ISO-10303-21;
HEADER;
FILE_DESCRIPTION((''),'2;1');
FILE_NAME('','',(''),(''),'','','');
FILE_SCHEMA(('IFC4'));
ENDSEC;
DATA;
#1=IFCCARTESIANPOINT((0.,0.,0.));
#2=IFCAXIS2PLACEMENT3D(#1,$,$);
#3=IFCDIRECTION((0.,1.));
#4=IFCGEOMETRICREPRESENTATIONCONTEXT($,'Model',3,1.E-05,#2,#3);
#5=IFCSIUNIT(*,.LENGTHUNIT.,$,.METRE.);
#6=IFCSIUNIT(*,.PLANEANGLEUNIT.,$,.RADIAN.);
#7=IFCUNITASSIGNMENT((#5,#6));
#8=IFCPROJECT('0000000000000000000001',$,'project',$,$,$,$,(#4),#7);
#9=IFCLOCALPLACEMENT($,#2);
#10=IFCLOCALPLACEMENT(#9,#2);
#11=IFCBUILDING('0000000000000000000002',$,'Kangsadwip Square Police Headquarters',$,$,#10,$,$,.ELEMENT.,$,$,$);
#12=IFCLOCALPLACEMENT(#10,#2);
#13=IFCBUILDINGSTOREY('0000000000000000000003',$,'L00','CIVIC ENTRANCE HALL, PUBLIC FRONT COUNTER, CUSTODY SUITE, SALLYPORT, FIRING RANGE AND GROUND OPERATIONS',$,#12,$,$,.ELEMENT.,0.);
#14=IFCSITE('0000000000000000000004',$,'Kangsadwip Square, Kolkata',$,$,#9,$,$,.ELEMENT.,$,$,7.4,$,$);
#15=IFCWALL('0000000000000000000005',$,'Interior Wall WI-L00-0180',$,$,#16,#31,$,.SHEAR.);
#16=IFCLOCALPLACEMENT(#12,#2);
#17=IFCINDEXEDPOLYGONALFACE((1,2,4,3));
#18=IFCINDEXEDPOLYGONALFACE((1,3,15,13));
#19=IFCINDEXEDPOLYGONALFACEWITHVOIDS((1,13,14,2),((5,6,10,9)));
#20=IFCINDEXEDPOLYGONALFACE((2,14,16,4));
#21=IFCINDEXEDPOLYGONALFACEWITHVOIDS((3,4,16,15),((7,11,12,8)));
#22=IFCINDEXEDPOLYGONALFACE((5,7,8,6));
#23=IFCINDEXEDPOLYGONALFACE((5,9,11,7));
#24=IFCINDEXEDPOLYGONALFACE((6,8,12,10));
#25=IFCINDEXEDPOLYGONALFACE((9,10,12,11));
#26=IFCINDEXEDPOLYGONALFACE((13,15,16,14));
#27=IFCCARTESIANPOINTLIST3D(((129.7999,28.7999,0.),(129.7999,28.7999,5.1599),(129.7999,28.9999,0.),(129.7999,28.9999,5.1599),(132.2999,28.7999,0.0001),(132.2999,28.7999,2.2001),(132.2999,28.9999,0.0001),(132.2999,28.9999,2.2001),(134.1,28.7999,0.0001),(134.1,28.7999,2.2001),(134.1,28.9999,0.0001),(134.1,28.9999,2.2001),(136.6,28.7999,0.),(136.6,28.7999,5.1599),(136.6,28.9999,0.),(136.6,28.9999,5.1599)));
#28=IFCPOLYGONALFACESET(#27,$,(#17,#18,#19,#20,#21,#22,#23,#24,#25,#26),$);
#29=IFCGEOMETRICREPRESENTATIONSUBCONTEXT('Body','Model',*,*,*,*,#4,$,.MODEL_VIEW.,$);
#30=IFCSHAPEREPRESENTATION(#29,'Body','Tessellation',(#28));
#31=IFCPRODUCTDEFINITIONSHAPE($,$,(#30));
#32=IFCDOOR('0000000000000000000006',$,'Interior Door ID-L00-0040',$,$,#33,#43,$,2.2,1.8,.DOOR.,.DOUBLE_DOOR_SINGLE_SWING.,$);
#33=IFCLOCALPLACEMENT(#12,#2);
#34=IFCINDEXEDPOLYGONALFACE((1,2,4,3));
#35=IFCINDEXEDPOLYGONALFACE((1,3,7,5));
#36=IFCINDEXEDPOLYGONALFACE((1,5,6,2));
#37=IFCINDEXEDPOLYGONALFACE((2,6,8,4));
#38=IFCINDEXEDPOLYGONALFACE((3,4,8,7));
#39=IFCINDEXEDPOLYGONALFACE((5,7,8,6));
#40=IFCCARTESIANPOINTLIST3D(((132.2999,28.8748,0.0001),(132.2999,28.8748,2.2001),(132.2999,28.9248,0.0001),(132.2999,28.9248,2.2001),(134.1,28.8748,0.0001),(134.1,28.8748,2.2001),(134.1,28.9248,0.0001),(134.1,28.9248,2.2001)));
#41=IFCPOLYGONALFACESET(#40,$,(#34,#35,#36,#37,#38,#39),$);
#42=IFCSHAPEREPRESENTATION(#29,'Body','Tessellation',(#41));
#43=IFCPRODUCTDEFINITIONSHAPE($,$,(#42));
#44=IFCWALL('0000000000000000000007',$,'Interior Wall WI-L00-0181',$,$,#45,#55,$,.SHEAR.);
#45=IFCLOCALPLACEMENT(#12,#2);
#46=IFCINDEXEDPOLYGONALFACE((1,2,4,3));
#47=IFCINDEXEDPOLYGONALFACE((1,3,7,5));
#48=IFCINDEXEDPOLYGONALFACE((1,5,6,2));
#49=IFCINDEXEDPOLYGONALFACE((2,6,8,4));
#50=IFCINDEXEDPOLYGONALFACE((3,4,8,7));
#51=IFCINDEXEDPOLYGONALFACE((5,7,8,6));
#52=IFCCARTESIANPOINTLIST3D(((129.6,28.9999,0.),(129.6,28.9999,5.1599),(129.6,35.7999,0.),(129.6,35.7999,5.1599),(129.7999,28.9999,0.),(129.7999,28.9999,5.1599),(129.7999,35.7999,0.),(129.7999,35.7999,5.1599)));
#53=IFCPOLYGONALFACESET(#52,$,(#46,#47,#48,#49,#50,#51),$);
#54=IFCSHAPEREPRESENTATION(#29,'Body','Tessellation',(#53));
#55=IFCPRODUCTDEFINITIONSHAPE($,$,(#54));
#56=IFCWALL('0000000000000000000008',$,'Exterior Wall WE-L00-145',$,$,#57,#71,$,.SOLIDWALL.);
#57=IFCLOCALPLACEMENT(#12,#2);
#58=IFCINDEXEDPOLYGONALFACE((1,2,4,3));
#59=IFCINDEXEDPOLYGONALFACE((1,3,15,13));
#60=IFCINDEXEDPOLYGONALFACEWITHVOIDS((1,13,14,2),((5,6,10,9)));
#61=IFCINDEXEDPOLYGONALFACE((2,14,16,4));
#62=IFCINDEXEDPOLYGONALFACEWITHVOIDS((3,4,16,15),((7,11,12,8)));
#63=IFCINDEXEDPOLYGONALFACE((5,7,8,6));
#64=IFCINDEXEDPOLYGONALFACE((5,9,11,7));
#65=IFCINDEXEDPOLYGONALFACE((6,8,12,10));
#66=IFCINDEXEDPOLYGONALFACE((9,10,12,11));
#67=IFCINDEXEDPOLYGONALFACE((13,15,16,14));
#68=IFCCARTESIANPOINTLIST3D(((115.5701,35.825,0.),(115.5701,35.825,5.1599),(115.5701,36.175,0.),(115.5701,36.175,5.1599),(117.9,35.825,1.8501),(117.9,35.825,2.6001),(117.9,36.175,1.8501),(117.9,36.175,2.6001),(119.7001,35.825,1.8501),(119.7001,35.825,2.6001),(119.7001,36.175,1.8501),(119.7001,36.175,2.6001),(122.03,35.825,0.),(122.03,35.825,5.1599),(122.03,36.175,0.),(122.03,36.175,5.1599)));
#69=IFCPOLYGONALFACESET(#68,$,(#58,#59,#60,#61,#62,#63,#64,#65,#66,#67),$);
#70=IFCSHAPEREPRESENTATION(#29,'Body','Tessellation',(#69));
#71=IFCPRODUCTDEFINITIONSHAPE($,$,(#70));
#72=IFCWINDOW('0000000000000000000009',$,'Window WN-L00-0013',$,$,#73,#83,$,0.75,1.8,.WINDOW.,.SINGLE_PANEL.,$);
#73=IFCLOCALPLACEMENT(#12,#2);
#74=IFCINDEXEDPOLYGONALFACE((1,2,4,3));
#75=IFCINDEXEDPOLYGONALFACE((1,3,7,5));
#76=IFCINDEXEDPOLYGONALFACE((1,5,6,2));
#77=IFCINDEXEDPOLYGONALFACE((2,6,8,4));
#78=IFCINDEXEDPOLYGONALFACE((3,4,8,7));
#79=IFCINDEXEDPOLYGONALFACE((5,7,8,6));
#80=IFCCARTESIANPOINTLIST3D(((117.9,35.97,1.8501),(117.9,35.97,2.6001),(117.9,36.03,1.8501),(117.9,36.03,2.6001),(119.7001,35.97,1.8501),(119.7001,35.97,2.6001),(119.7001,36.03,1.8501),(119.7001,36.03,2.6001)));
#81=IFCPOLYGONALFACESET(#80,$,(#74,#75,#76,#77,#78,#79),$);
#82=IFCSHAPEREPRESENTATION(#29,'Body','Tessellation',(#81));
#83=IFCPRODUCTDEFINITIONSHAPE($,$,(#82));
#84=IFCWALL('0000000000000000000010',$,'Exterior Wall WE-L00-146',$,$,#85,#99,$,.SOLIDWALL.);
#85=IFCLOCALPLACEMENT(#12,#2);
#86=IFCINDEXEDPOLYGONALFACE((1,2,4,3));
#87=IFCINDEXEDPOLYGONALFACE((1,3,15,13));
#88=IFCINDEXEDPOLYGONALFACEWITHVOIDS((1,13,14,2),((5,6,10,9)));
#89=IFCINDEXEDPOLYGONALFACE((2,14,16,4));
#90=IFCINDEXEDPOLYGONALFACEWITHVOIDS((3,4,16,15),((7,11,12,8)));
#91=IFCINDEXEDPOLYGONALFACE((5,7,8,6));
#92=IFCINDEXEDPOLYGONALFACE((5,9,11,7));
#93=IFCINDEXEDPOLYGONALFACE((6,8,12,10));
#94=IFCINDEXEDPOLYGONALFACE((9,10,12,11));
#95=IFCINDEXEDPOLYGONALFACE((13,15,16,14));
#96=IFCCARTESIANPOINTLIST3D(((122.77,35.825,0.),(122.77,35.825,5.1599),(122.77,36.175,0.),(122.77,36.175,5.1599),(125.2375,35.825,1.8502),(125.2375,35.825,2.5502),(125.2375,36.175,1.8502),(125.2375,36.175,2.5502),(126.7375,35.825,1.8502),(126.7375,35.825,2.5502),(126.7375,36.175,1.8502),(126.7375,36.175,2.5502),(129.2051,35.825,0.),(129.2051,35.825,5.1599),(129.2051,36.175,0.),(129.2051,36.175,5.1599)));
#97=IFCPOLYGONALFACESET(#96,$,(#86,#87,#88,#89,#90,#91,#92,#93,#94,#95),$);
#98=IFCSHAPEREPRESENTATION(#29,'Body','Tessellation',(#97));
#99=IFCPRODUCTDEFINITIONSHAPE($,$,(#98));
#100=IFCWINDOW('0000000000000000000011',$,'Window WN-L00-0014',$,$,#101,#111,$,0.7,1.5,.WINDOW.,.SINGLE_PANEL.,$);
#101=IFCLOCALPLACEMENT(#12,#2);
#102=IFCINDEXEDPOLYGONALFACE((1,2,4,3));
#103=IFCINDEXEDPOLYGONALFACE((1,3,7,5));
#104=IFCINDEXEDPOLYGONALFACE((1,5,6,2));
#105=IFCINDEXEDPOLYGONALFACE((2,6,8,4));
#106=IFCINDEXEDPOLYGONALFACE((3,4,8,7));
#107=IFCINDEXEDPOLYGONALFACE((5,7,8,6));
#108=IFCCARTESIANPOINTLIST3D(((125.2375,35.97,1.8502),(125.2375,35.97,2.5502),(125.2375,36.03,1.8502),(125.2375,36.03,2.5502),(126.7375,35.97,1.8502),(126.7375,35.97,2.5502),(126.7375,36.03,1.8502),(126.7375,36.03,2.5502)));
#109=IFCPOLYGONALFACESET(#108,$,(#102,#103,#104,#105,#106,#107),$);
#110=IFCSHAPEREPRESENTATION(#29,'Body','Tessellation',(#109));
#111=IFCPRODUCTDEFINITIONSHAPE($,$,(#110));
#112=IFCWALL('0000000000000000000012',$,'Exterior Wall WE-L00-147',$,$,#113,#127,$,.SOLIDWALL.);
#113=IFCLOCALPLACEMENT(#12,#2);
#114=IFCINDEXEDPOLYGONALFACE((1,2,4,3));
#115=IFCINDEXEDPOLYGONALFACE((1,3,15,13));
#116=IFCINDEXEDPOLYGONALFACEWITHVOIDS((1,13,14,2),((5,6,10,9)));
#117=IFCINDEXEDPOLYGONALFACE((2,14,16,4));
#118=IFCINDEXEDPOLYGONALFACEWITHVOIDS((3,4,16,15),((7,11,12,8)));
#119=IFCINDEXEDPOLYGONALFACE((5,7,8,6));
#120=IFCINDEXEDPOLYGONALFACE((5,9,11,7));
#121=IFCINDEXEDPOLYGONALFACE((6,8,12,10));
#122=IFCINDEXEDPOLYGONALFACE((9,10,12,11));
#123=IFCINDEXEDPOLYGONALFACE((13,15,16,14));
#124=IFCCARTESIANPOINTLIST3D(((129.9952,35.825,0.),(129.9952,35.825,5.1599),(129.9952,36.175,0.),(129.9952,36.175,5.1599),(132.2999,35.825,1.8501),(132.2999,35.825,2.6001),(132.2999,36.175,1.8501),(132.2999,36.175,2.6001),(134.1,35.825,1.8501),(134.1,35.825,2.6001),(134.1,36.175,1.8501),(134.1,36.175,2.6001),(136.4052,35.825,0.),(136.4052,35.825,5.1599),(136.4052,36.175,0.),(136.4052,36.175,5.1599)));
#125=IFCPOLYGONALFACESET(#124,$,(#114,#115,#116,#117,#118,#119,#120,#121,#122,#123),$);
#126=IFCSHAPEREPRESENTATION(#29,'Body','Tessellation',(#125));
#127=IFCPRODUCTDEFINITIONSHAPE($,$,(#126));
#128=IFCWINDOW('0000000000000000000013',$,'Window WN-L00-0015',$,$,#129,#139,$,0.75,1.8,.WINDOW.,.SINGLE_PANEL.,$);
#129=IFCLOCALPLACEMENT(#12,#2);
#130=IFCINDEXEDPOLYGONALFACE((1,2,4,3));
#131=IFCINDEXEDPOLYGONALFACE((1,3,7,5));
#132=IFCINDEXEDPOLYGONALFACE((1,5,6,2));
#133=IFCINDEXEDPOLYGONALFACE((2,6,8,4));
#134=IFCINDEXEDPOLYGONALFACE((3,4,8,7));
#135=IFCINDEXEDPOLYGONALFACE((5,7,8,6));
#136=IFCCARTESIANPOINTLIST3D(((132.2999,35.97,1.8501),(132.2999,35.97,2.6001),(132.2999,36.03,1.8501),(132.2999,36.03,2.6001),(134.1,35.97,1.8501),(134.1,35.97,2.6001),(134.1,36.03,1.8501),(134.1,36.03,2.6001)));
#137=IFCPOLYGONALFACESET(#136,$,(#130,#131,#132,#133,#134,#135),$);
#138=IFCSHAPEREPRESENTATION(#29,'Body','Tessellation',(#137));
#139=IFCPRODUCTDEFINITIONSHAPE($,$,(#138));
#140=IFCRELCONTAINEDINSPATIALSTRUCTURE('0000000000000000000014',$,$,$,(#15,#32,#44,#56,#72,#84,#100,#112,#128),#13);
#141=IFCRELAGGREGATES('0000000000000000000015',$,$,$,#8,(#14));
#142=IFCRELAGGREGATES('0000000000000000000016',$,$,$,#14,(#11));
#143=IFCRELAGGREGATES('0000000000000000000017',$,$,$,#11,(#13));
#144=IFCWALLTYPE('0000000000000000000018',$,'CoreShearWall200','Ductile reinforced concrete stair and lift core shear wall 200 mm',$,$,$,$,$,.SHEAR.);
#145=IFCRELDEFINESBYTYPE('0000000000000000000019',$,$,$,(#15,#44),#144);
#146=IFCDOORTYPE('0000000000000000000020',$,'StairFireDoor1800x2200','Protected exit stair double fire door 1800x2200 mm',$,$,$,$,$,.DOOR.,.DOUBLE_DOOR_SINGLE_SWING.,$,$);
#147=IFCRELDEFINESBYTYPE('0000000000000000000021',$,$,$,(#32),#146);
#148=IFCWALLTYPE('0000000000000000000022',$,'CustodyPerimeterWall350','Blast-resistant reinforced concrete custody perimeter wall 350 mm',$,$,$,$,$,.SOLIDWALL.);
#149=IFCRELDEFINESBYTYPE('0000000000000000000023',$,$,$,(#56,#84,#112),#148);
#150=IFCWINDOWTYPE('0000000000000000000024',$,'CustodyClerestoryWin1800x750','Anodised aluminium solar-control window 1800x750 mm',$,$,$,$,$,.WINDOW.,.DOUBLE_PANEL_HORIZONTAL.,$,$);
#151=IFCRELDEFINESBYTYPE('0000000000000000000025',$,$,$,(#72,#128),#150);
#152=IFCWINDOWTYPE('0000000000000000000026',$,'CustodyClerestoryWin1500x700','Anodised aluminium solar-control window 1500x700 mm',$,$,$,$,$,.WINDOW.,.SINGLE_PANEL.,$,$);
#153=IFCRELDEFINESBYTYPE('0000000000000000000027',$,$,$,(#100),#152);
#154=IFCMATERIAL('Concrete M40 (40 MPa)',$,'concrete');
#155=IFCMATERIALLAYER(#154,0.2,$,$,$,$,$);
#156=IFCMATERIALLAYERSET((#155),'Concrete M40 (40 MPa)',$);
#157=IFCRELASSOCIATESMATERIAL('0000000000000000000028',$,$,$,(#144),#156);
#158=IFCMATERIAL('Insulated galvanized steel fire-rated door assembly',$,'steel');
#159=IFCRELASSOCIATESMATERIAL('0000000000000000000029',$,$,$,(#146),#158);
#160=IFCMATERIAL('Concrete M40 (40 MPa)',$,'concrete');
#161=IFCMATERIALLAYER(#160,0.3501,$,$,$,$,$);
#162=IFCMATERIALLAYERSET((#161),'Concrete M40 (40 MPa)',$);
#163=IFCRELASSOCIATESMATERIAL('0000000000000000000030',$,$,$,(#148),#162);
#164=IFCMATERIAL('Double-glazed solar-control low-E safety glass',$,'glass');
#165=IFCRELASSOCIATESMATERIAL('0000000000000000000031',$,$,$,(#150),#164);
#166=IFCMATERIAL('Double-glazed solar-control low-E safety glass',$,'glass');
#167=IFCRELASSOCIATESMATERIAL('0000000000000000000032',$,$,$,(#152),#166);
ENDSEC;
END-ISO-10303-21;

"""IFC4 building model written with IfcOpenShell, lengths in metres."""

from ifc_helpers import new_model, si_unit, direction, frame, frame_2d, origin, place, context, subcontext, project, spatial, rectangle, extrude, material, layer, layer_set, type_object, element, fill, save


model = new_model("IFC4")

# Units and contexts
model_context = context("Model", 3, precision=1e-05, world=origin(), true_north=direction((0.0, 1.0)))
body_context = subcontext(model_context, "Body", "Model", "MODEL_VIEW")
ifc_project = project(units=[si_unit("LENGTHUNIT", "METRE"), si_unit("PLANEANGLEUNIT", "RADIAN")], contexts=[model_context])

# Site, building, storey
site_placement = place(None, origin())
site = spatial("IfcSite", under=ifc_project, at=site_placement, Name="Kangsadwip Square, Kolkata", CompositionType="ELEMENT", RefElevation=7.4)
building_placement = place(site_placement, origin())
building = spatial("IfcBuilding", under=site, at=building_placement, Name="Kangsadwip Square Police Headquarters", CompositionType="ELEMENT")
storey_placement = place(building_placement, origin())
storey = spatial("IfcBuildingStorey", under=building, at=storey_placement, Name="L00", Description="CIVIC ENTRANCE HALL, PUBLIC FRONT COUNTER, CUSTODY SUITE, SALLYPORT, FIRING RANGE AND GROUND OPERATIONS", CompositionType="ELEMENT", Elevation=0.0)

# Wall, opening, door
ifc_material_1 = material(Name="Concrete M40 (40 MPa)", Category="concrete")
ifc_layer_1 = layer(ifc_material_1, 0.2)
ifc_layer_set_1 = layer_set([ifc_layer_1], Name="Concrete M40 (40 MPa)")
wall_type_1 = type_object("IfcWallType", Name="CoreShearWall200", Description="Ductile reinforced concrete stair and lift core shear wall 200 mm", PredefinedType="SHEAR", material=ifc_layer_set_1)
wall_1_placement = place(storey_placement, frame((129.8, 28.8999, 0.0), z_axis=(0.0, 0.0, 1.0), x_axis=(1.0, 0.0, 0.0)))
wall_1 = element("IfcWall", 1, at=wall_1_placement, inside=storey, type_object=wall_type_1, Name="Interior Wall WI-L00-0180", PredefinedType="SHEAR", context=body_context, shape_type="SweptSolid", body=[
    extrude(rectangle(XDim=6.8, YDim=0.2, at=frame_2d((3.3999, 0.0))), origin(), (0.0, 0.0, 1.0), 5.1599),
])
opening_1_placement = place(wall_1_placement, frame((2.5, 0.0, 0.0)))
opening_1 = element("IfcOpeningElement", 2, at=opening_1_placement, cuts=wall_1, PredefinedType="OPENING", context=body_context, shape_type="SweptSolid", body=[
    extrude(rectangle(XDim=1.8, YDim=2.2, at=frame_2d((0.8999, 1.1001))), frame((0.0, 0.1099, 0.0), z_axis=(0.0, -1.0, 0.0), x_axis=(1.0, 0.0, 0.0)), (0.0, 0.0, 1.0), 0.22),
])
ifc_material_2 = material(Name="Insulated galvanized steel fire-rated door assembly", Category="steel")
door_type = type_object("IfcDoorType", Name="StairFireDoor1800x2200", Description="Protected exit stair double fire door 1800x2200 mm", OperationType="DOUBLE_DOOR_SINGLE_SWING", PredefinedType="DOOR", material=ifc_material_2)
door_placement = place(opening_1_placement, origin())
door = element("IfcDoor", 3, at=door_placement, inside=storey, type_object=door_type, Name="Interior Door ID-L00-0040", OperationType="DOUBLE_DOOR_SINGLE_SWING", OverallHeight=2.2, OverallWidth=1.8, PredefinedType="DOOR", context=body_context, shape_type="SweptSolid", body=[
    extrude(rectangle(XDim=1.8, YDim=2.2, at=frame_2d((0.8999, 1.1001))), frame((0.0, 0.0249, 0.0), z_axis=(0.0, -1.0, 0.0), x_axis=(1.0, 0.0, 0.0)), (0.0, 0.0, 1.0), 0.05),
])
fill(opening_1, door)

# Wall
wall_2_placement = place(storey_placement, frame((129.7, 29.0, 0.0), z_axis=(0.0, 0.0, 1.0), x_axis=(0.0, 1.0, 0.0)))
element("IfcWall", 4, at=wall_2_placement, inside=storey, type_object=wall_type_1, Name="Interior Wall WI-L00-0181", PredefinedType="SHEAR", context=body_context, shape_type="SweptSolid", body=[
    extrude(rectangle(XDim=6.8, YDim=0.2, at=frame_2d((3.3999, 0.0))), origin(), (0.0, 0.0, 1.0), 5.1599),
])

# Walls, openings, windows
ifc_material_3 = material(Name="Concrete M40 (40 MPa)", Category="concrete")
ifc_layer_2 = layer(ifc_material_3, 0.3501)
ifc_layer_set_2 = layer_set([ifc_layer_2], Name="Concrete M40 (40 MPa)")
wall_type_2 = type_object("IfcWallType", Name="CustodyPerimeterWall350", Description="Blast-resistant reinforced concrete custody perimeter wall 350 mm", PredefinedType="SOLIDWALL", material=ifc_layer_set_2)
wall_3_placement = place(storey_placement, frame((115.5701, 36.0, 0.0), z_axis=(0.0, 0.0, 1.0), x_axis=(1.0, 0.0, 0.0)))
wall_3 = element("IfcWall", 5, at=wall_3_placement, inside=storey, type_object=wall_type_2, Name="Exterior Wall WE-L00-145", PredefinedType="SOLIDWALL", context=body_context, shape_type="SweptSolid", body=[
    extrude(rectangle(XDim=6.46, YDim=0.3501, at=frame_2d((3.23, 0.0))), origin(), (0.0, 0.0, 1.0), 5.1599),
])
opening_2_placement = place(wall_3_placement, frame((2.3301, 0.0, 1.8501)))
opening_2 = element("IfcOpeningElement", 6, at=opening_2_placement, cuts=wall_3, PredefinedType="OPENING", context=body_context, shape_type="SweptSolid", body=[
    extrude(rectangle(XDim=1.8, YDim=0.75, at=frame_2d((0.8999, 0.375))), frame((0.0, 0.1851, 0.0), z_axis=(0.0, -1.0, 0.0), x_axis=(1.0, 0.0, 0.0)), (0.0, 0.0, 1.0), 0.3701),
])
ifc_material_4 = material(Name="Double-glazed solar-control low-E safety glass", Category="glass")
window_type_1 = type_object("IfcWindowType", Name="CustodyClerestoryWin1800x750", Description="Anodised aluminium solar-control window 1800x750 mm", PartitioningType="DOUBLE_PANEL_HORIZONTAL", PredefinedType="WINDOW", material=ifc_material_4)
window_1_placement = place(opening_2_placement, origin())
window_1 = element("IfcWindow", 7, at=window_1_placement, inside=storey, type_object=window_type_1, Name="Window WN-L00-0013", OverallHeight=0.75, OverallWidth=1.8, PartitioningType="SINGLE_PANEL", PredefinedType="WINDOW", context=body_context, shape_type="SweptSolid", body=[
    extrude(rectangle(XDim=1.8, YDim=0.75, at=frame_2d((0.8999, 0.375))), frame((0.0, 0.03, 0.0), z_axis=(0.0, -1.0, 0.0), x_axis=(1.0, 0.0, 0.0)), (0.0, 0.0, 1.0), 0.0601),
])
fill(opening_2, window_1)
wall_4_placement = place(storey_placement, frame((122.77, 36.0, 0.0), z_axis=(0.0, 0.0, 1.0), x_axis=(1.0, 0.0, 0.0)))
wall_4 = element("IfcWall", 8, at=wall_4_placement, inside=storey, type_object=wall_type_2, Name="Exterior Wall WE-L00-146", PredefinedType="SOLIDWALL", context=body_context, shape_type="SweptSolid", body=[
    extrude(rectangle(XDim=6.4351, YDim=0.3501, at=frame_2d((3.2175, 0.0))), origin(), (0.0, 0.0, 1.0), 5.1599),
])
opening_3_placement = place(wall_4_placement, frame((2.4675, 0.0, 1.8501)))
opening_3 = element("IfcOpeningElement", 9, at=opening_3_placement, cuts=wall_4, PredefinedType="OPENING", context=body_context, shape_type="SweptSolid", body=[
    extrude(rectangle(XDim=1.5, YDim=0.7, at=frame_2d((0.75, 0.3501))), frame((0.0, 0.1851, 0.0), z_axis=(0.0, -1.0, 0.0), x_axis=(1.0, 0.0, 0.0)), (0.0, 0.0, 1.0), 0.3701),
])
ifc_material_5 = material(Name="Double-glazed solar-control low-E safety glass", Category="glass")
window_type_2 = type_object("IfcWindowType", Name="CustodyClerestoryWin1500x700", Description="Anodised aluminium solar-control window 1500x700 mm", PartitioningType="SINGLE_PANEL", PredefinedType="WINDOW", material=ifc_material_5)
window_2_placement = place(opening_3_placement, origin())
window_2 = element("IfcWindow", 10, at=window_2_placement, inside=storey, type_object=window_type_2, Name="Window WN-L00-0014", OverallHeight=0.7, OverallWidth=1.5, PartitioningType="SINGLE_PANEL", PredefinedType="WINDOW", context=body_context, shape_type="SweptSolid", body=[
    extrude(rectangle(XDim=1.5, YDim=0.7, at=frame_2d((0.75, 0.3501))), frame((0.0, 0.03, 0.0), z_axis=(0.0, -1.0, 0.0), x_axis=(1.0, 0.0, 0.0)), (0.0, 0.0, 1.0), 0.0601),
])
fill(opening_3, window_2)
wall_5_placement = place(storey_placement, frame((129.9951, 36.0, 0.0), z_axis=(0.0, 0.0, 1.0), x_axis=(1.0, 0.0, 0.0)))
wall_5 = element("IfcWall", 11, at=wall_5_placement, inside=storey, type_object=wall_type_2, Name="Exterior Wall WE-L00-147", PredefinedType="SOLIDWALL", context=body_context, shape_type="SweptSolid", body=[
    extrude(rectangle(XDim=6.4099, YDim=0.3501, at=frame_2d((3.2051, 0.0))), origin(), (0.0, 0.0, 1.0), 5.1599),
])
opening_4_placement = place(wall_5_placement, frame((2.3049, 0.0, 1.8501)))
opening_4 = element("IfcOpeningElement", 12, at=opening_4_placement, cuts=wall_5, PredefinedType="OPENING", context=body_context, shape_type="SweptSolid", body=[
    extrude(rectangle(XDim=1.8, YDim=0.75, at=frame_2d((0.8999, 0.375))), frame((0.0, 0.1851, 0.0), z_axis=(0.0, -1.0, 0.0), x_axis=(1.0, 0.0, 0.0)), (0.0, 0.0, 1.0), 0.3701),
])
window_3_placement = place(opening_4_placement, origin())
window_3 = element("IfcWindow", 13, at=window_3_placement, inside=storey, type_object=window_type_1, Name="Window WN-L00-0015", OverallHeight=0.75, OverallWidth=1.8, PartitioningType="SINGLE_PANEL", PredefinedType="WINDOW", context=body_context, shape_type="SweptSolid", body=[
    extrude(rectangle(XDim=1.8, YDim=0.75, at=frame_2d((0.8999, 0.375))), frame((0.0, 0.03, 0.0), z_axis=(0.0, -1.0, 0.0), x_axis=(1.0, 0.0, 0.0)), (0.0, 0.0, 1.0), 0.0601),
])
fill(opening_4, window_3)

save(model, "model.ifc")
